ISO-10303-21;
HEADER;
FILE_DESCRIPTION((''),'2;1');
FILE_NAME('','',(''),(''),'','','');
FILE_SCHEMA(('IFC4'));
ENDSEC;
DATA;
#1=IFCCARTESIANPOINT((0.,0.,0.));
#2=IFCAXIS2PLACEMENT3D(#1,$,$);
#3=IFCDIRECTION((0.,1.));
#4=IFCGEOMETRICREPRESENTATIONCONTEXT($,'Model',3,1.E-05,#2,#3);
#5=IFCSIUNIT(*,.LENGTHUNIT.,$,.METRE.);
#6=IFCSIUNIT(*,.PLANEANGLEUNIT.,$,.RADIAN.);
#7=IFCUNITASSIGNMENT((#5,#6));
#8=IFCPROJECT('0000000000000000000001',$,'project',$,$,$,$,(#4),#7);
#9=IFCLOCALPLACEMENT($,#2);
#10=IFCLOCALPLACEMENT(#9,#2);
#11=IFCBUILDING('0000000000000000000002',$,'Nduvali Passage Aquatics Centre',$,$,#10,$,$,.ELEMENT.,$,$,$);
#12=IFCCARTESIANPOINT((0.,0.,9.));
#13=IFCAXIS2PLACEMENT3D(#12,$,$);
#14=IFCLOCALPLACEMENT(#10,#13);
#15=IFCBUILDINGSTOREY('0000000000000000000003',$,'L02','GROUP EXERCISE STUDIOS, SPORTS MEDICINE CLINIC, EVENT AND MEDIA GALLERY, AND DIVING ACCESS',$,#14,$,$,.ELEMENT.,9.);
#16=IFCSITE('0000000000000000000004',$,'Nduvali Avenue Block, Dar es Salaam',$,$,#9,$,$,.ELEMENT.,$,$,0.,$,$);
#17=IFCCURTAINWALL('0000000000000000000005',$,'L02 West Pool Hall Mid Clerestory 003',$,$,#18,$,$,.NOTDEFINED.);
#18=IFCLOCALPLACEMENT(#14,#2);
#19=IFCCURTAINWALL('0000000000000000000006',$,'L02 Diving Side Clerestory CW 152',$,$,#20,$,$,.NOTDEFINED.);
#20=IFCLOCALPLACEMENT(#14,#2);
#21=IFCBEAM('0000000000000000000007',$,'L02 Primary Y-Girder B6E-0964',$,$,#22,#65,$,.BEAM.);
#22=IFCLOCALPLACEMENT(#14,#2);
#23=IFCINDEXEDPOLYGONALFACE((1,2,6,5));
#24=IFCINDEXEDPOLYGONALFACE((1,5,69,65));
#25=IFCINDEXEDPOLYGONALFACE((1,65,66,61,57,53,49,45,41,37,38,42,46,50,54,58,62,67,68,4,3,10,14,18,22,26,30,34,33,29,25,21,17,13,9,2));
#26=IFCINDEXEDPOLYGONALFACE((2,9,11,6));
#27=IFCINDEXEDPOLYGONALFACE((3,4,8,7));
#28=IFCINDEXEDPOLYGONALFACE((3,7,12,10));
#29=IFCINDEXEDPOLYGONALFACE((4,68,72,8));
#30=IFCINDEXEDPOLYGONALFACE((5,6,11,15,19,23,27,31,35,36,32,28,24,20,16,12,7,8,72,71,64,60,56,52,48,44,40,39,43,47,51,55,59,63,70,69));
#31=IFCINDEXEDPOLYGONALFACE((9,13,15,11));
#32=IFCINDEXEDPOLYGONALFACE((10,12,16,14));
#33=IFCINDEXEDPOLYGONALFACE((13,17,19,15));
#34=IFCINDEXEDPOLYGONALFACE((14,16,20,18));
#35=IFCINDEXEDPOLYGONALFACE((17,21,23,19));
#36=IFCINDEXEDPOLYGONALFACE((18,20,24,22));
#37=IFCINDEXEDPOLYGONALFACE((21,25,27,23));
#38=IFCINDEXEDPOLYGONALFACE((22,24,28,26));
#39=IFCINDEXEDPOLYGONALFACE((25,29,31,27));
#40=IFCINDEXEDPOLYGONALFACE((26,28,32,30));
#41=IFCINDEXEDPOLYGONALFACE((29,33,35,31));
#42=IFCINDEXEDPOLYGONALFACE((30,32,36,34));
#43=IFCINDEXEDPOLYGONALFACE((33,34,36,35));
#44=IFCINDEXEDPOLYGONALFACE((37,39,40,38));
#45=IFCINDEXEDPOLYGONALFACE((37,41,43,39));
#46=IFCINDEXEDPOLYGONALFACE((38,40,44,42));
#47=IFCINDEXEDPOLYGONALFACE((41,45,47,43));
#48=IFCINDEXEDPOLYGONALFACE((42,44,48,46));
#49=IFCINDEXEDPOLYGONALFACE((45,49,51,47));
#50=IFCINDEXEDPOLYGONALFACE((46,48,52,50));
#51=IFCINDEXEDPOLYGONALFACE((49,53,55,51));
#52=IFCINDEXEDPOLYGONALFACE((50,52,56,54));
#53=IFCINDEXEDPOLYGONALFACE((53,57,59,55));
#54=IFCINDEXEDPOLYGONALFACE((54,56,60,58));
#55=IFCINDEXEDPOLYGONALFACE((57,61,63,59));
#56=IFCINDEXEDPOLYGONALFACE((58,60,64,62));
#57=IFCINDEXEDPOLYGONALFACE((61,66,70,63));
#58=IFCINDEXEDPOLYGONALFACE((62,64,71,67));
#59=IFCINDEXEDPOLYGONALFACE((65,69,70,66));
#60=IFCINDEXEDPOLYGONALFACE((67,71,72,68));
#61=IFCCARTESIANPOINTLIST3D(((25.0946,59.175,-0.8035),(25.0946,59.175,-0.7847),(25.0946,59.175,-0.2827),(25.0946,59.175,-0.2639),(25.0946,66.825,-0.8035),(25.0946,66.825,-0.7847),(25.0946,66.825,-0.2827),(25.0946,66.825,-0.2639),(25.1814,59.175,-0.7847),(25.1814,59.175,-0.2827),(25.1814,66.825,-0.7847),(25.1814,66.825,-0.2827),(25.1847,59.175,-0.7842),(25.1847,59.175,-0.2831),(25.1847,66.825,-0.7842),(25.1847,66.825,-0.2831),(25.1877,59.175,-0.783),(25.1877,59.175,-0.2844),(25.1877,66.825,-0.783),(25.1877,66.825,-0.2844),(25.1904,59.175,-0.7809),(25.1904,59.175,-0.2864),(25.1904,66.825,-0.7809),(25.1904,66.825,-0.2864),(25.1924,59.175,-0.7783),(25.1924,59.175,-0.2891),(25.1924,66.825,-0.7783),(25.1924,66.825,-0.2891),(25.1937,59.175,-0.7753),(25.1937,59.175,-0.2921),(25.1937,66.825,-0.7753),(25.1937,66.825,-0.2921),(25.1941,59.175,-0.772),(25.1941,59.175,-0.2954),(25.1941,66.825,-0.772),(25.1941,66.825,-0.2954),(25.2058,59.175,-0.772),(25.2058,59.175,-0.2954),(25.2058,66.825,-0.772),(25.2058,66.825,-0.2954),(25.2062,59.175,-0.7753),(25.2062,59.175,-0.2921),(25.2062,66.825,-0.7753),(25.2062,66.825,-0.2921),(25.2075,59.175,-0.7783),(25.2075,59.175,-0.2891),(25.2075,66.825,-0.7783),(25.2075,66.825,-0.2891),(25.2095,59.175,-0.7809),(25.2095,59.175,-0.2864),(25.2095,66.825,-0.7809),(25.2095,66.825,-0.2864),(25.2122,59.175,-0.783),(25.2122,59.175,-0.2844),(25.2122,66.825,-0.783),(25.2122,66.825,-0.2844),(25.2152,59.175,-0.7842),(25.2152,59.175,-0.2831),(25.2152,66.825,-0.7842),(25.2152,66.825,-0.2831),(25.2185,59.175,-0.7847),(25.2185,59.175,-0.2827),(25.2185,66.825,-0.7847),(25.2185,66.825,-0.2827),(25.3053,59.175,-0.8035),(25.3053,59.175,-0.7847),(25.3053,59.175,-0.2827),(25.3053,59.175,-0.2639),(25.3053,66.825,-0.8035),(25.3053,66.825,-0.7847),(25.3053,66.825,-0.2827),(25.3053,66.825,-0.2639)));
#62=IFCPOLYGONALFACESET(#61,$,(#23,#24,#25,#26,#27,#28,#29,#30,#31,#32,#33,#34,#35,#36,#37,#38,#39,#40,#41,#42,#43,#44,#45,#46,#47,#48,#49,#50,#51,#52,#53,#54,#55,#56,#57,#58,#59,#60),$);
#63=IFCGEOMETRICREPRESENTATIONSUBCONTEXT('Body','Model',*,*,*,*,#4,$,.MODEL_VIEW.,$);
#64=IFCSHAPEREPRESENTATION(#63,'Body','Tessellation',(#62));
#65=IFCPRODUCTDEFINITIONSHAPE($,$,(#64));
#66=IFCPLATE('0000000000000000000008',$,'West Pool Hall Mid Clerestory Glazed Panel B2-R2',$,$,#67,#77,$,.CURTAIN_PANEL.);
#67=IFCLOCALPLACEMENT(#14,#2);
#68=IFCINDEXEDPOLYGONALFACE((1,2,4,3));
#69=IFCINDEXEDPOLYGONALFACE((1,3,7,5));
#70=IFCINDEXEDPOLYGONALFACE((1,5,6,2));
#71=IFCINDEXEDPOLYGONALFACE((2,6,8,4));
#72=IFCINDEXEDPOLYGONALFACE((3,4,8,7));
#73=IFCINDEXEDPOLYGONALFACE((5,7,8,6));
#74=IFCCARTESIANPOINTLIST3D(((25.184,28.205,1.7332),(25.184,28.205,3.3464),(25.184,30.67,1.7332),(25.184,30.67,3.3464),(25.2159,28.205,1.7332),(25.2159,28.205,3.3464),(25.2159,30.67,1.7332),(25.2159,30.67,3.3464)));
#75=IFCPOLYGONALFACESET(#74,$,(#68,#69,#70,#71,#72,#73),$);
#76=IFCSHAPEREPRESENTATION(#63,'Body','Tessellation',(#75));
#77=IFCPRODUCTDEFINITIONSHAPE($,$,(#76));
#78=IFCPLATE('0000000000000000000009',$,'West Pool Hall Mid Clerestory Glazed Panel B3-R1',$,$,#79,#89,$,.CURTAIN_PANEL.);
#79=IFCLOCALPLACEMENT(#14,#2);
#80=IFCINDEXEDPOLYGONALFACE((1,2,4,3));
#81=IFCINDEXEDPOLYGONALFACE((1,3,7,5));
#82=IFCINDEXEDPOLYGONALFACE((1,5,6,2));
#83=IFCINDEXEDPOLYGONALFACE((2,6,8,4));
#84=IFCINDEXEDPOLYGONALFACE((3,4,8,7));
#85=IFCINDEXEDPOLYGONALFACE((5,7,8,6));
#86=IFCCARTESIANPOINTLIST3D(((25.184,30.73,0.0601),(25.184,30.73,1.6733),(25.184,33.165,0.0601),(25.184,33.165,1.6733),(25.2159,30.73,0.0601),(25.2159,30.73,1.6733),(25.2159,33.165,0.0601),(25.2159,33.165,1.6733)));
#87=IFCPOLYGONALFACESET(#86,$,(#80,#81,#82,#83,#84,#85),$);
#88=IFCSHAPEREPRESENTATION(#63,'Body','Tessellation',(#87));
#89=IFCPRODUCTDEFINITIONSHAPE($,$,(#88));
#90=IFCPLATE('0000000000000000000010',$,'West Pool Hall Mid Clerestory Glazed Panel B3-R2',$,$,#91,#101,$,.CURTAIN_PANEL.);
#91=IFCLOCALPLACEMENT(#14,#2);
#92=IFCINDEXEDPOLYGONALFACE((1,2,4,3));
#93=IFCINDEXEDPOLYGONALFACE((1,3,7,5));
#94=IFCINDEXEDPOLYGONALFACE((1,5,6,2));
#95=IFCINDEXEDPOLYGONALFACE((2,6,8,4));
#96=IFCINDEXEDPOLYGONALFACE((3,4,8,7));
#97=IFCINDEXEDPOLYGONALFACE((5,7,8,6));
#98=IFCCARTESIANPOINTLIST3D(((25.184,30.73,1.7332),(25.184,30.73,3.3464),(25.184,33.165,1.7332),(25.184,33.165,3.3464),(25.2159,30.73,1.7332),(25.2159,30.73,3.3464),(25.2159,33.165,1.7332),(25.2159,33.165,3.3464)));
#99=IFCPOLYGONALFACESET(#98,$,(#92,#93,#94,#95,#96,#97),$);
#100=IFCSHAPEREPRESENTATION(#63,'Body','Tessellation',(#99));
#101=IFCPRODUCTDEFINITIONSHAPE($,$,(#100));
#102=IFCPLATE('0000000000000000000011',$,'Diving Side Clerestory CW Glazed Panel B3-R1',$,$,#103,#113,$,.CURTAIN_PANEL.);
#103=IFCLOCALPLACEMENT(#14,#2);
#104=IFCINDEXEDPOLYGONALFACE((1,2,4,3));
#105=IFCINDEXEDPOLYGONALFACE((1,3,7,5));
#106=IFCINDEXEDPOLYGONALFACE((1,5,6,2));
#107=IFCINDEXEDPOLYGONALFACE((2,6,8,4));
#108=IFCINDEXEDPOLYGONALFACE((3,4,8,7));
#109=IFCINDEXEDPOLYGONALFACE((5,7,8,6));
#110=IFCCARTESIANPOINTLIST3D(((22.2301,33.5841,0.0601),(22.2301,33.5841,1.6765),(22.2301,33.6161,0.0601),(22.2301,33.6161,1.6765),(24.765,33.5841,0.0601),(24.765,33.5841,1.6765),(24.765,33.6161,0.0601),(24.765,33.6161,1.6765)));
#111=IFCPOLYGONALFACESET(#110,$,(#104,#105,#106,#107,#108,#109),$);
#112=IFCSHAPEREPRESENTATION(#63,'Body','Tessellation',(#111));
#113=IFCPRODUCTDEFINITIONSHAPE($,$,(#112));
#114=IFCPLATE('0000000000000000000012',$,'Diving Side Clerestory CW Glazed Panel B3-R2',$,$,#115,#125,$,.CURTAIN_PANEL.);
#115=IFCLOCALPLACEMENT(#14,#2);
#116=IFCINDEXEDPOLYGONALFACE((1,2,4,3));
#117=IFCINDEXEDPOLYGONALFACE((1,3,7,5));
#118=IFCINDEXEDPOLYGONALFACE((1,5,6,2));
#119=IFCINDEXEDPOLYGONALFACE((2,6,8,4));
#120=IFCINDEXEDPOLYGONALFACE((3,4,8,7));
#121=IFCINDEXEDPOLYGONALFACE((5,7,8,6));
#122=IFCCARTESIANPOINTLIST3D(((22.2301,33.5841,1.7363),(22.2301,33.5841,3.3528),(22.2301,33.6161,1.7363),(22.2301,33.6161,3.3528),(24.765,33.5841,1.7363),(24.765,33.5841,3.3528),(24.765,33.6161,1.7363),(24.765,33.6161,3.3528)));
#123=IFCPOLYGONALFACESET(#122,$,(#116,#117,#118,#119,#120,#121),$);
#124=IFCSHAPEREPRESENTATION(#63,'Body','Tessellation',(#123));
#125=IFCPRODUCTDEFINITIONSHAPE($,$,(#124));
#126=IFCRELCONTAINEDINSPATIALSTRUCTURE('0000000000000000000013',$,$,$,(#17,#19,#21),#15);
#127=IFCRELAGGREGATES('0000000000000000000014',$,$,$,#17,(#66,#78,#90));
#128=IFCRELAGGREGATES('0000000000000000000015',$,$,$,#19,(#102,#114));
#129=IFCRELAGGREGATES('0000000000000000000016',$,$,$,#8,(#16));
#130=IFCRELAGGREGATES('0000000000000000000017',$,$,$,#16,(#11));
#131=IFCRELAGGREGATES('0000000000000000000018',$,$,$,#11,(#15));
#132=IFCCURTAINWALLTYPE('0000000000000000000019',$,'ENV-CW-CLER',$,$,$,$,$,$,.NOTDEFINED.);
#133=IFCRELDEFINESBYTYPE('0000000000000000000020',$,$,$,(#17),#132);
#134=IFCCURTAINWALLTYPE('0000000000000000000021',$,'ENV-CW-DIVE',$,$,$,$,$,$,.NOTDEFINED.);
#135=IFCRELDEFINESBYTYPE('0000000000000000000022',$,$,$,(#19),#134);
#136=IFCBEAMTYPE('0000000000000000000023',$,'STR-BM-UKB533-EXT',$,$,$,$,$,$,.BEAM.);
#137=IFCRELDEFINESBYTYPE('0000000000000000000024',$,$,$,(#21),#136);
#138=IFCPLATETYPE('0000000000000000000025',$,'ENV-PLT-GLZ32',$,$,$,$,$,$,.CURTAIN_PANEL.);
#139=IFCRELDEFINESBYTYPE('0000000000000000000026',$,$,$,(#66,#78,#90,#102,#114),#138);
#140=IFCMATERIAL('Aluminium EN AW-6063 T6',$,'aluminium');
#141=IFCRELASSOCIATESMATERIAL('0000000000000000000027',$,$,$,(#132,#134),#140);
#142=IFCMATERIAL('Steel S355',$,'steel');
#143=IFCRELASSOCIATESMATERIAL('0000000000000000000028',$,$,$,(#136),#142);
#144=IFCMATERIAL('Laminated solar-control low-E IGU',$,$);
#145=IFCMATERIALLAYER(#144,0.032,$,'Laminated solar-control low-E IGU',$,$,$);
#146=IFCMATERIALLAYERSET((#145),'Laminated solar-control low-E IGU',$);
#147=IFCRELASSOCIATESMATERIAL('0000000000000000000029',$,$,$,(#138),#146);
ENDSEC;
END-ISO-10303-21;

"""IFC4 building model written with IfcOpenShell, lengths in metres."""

from ifc_helpers import new_model, si_unit, direction, frame, origin, origin_2d, place, context, subcontext, project, spatial, rectangle, i_section, extrude, material, layer, layer_set, material_profile, profile_set, type_object, element, aggregate, save


model = new_model("IFC4")

# Units and contexts
model_context = context("Model", 3, precision=1e-05, world=origin(), true_north=direction((0.0, 1.0)))
body_context = subcontext(model_context, "Body", "Model", "MODEL_VIEW")
ifc_project = project(units=[si_unit("LENGTHUNIT", "METRE"), si_unit("PLANEANGLEUNIT", "RADIAN")], contexts=[model_context])

# Site, building, storey
site_placement = place(None, origin())
site = spatial("IfcSite", under=ifc_project, at=site_placement, Name="Nduvali Avenue Block, Dar es Salaam", CompositionType="ELEMENT", RefElevation=0.0)
building_placement = place(site_placement, origin())
building = spatial("IfcBuilding", under=site, at=building_placement, Name="Nduvali Passage Aquatics Centre", CompositionType="ELEMENT")
storey_placement = place(building_placement, frame((0.0, 0.0, 9.0)))
storey = spatial("IfcBuildingStorey", under=building, at=storey_placement, Name="L02", Description="GROUP EXERCISE STUDIOS, SPORTS MEDICINE CLINIC, EVENT AND MEDIA GALLERY, AND DIVING ACCESS", CompositionType="ELEMENT", Elevation=9.0)

# Curtain walls
ifc_material_1 = material(Name="Aluminium EN AW-6063 T6", Category="aluminium")
curtain_wall_type_1 = type_object("IfcCurtainWallType", Name="ENV-CW-CLER", PredefinedType="NOTDEFINED", material=ifc_material_1)
curtain_wall_1_placement = place(storey_placement, origin())
curtain_wall_1 = element("IfcCurtainWall", 1, at=curtain_wall_1_placement, inside=storey, type_object=curtain_wall_type_1, Name="L02 West Pool Hall Mid Clerestory 003", PredefinedType="NOTDEFINED")
curtain_wall_type_2 = type_object("IfcCurtainWallType", Name="ENV-CW-DIVE", PredefinedType="NOTDEFINED", material=ifc_material_1)
curtain_wall_2_placement = place(storey_placement, origin())
curtain_wall_2 = element("IfcCurtainWall", 2, at=curtain_wall_2_placement, inside=storey, type_object=curtain_wall_type_2, Name="L02 Diving Side Clerestory CW 152", PredefinedType="NOTDEFINED")

# Beam
ifc_material_2 = material(Name="Steel S355", Category="steel")
ifc_material_profile_1 = material_profile(ifc_material_2, i_section(OverallWidth=0.2107, OverallDepth=0.5396, WebThickness=0.0117, FlangeThickness=0.0188, FilletRadius=0.0127, at=origin_2d()), Name="UKB 533x210x109")
ifc_profile_set_1 = profile_set([ifc_material_profile_1], Name="Steel S355")
beam_type = type_object("IfcBeamType", Name="STR-BM-UKB533-EXT", PredefinedType="BEAM", material=ifc_profile_set_1)
beam_1_placement = place(storey_placement, frame((25.2, 59.175, -0.5337), z_axis=(0.0, 1.0, 0.0), x_axis=(-1.0, 0.0, 0.0)))
element("IfcBeam", 3, at=beam_1_placement, inside=storey, type_object=beam_type, Name="L02 Primary Y-Girder B6E-0964", PredefinedType="BEAM", context=body_context, shape_type="SweptSolid", body=[
    extrude(i_section(OverallWidth=0.2107, OverallDepth=0.5396, WebThickness=0.0117, FlangeThickness=0.0188, FilletRadius=0.0127, at=origin_2d()), origin(), (0.0, 0.0, 1.0), 7.6499),
])

# Plates
ifc_material_3 = material(Name="Laminated solar-control low-E IGU")
ifc_layer = layer(ifc_material_3, 0.032, Name="Laminated solar-control low-E IGU")
ifc_layer_set = layer_set([ifc_layer], Name="Laminated solar-control low-E IGU")
plate_type = type_object("IfcPlateType", Name="ENV-PLT-GLZ32", PredefinedType="CURTAIN_PANEL", material=ifc_layer_set)
plate_1_placement = place(storey_placement, frame((25.2, 29.4375, 1.7332), z_axis=(0.0, 0.0, 1.0), x_axis=(0.0, 1.0, 0.0)))
plate_1 = element("IfcPlate", 4, at=plate_1_placement, type_object=plate_type, Name="West Pool Hall Mid Clerestory Glazed Panel B2-R2", PredefinedType="CURTAIN_PANEL", context=body_context, shape_type="SweptSolid", body=[
    extrude(rectangle(XDim=2.4651, YDim=0.032, at=origin_2d()), origin(), (0.0, 0.0, 1.0), 1.6133),
])
plate_2_placement = place(storey_placement, frame((25.2, 31.9475, 0.0601), z_axis=(0.0, 0.0, 1.0), x_axis=(0.0, 1.0, 0.0)))
plate_2 = element("IfcPlate", 5, at=plate_2_placement, type_object=plate_type, Name="West Pool Hall Mid Clerestory Glazed Panel B3-R1", PredefinedType="CURTAIN_PANEL", context=body_context, shape_type="SweptSolid", body=[
    extrude(rectangle(XDim=2.4351, YDim=0.032, at=origin_2d()), origin(), (0.0, 0.0, 1.0), 1.6133),
])
plate_3_placement = place(storey_placement, frame((25.2, 31.9475, 1.7332), z_axis=(0.0, 0.0, 1.0), x_axis=(0.0, 1.0, 0.0)))
plate_3 = element("IfcPlate", 6, at=plate_3_placement, type_object=plate_type, Name="West Pool Hall Mid Clerestory Glazed Panel B3-R2", PredefinedType="CURTAIN_PANEL", context=body_context, shape_type="SweptSolid", body=[
    extrude(rectangle(XDim=2.4351, YDim=0.032, at=origin_2d()), origin(), (0.0, 0.0, 1.0), 1.6133),
])
aggregate(curtain_wall_1, [plate_1, plate_2, plate_3])
plate_4_placement = place(storey_placement, frame((23.4976, 33.6001, 0.0601), z_axis=(0.0, 0.0, 1.0), x_axis=(1.0, 0.0, 0.0)))
plate_4 = element("IfcPlate", 7, at=plate_4_placement, type_object=plate_type, Name="Diving Side Clerestory CW Glazed Panel B3-R1", PredefinedType="CURTAIN_PANEL", context=body_context, shape_type="SweptSolid", body=[
    extrude(rectangle(XDim=2.5349, YDim=0.032, at=origin_2d()), origin(), (0.0, 0.0, 1.0), 1.6165),
])
plate_5_placement = place(storey_placement, frame((23.4976, 33.6001, 1.7363), z_axis=(0.0, 0.0, 1.0), x_axis=(1.0, 0.0, 0.0)))
plate_5 = element("IfcPlate", 8, at=plate_5_placement, type_object=plate_type, Name="Diving Side Clerestory CW Glazed Panel B3-R2", PredefinedType="CURTAIN_PANEL", context=body_context, shape_type="SweptSolid", body=[
    extrude(rectangle(XDim=2.5349, YDim=0.032, at=origin_2d()), origin(), (0.0, 0.0, 1.0), 1.6165),
])
aggregate(curtain_wall_2, [plate_4, plate_5])

save(model, "model.ifc")
